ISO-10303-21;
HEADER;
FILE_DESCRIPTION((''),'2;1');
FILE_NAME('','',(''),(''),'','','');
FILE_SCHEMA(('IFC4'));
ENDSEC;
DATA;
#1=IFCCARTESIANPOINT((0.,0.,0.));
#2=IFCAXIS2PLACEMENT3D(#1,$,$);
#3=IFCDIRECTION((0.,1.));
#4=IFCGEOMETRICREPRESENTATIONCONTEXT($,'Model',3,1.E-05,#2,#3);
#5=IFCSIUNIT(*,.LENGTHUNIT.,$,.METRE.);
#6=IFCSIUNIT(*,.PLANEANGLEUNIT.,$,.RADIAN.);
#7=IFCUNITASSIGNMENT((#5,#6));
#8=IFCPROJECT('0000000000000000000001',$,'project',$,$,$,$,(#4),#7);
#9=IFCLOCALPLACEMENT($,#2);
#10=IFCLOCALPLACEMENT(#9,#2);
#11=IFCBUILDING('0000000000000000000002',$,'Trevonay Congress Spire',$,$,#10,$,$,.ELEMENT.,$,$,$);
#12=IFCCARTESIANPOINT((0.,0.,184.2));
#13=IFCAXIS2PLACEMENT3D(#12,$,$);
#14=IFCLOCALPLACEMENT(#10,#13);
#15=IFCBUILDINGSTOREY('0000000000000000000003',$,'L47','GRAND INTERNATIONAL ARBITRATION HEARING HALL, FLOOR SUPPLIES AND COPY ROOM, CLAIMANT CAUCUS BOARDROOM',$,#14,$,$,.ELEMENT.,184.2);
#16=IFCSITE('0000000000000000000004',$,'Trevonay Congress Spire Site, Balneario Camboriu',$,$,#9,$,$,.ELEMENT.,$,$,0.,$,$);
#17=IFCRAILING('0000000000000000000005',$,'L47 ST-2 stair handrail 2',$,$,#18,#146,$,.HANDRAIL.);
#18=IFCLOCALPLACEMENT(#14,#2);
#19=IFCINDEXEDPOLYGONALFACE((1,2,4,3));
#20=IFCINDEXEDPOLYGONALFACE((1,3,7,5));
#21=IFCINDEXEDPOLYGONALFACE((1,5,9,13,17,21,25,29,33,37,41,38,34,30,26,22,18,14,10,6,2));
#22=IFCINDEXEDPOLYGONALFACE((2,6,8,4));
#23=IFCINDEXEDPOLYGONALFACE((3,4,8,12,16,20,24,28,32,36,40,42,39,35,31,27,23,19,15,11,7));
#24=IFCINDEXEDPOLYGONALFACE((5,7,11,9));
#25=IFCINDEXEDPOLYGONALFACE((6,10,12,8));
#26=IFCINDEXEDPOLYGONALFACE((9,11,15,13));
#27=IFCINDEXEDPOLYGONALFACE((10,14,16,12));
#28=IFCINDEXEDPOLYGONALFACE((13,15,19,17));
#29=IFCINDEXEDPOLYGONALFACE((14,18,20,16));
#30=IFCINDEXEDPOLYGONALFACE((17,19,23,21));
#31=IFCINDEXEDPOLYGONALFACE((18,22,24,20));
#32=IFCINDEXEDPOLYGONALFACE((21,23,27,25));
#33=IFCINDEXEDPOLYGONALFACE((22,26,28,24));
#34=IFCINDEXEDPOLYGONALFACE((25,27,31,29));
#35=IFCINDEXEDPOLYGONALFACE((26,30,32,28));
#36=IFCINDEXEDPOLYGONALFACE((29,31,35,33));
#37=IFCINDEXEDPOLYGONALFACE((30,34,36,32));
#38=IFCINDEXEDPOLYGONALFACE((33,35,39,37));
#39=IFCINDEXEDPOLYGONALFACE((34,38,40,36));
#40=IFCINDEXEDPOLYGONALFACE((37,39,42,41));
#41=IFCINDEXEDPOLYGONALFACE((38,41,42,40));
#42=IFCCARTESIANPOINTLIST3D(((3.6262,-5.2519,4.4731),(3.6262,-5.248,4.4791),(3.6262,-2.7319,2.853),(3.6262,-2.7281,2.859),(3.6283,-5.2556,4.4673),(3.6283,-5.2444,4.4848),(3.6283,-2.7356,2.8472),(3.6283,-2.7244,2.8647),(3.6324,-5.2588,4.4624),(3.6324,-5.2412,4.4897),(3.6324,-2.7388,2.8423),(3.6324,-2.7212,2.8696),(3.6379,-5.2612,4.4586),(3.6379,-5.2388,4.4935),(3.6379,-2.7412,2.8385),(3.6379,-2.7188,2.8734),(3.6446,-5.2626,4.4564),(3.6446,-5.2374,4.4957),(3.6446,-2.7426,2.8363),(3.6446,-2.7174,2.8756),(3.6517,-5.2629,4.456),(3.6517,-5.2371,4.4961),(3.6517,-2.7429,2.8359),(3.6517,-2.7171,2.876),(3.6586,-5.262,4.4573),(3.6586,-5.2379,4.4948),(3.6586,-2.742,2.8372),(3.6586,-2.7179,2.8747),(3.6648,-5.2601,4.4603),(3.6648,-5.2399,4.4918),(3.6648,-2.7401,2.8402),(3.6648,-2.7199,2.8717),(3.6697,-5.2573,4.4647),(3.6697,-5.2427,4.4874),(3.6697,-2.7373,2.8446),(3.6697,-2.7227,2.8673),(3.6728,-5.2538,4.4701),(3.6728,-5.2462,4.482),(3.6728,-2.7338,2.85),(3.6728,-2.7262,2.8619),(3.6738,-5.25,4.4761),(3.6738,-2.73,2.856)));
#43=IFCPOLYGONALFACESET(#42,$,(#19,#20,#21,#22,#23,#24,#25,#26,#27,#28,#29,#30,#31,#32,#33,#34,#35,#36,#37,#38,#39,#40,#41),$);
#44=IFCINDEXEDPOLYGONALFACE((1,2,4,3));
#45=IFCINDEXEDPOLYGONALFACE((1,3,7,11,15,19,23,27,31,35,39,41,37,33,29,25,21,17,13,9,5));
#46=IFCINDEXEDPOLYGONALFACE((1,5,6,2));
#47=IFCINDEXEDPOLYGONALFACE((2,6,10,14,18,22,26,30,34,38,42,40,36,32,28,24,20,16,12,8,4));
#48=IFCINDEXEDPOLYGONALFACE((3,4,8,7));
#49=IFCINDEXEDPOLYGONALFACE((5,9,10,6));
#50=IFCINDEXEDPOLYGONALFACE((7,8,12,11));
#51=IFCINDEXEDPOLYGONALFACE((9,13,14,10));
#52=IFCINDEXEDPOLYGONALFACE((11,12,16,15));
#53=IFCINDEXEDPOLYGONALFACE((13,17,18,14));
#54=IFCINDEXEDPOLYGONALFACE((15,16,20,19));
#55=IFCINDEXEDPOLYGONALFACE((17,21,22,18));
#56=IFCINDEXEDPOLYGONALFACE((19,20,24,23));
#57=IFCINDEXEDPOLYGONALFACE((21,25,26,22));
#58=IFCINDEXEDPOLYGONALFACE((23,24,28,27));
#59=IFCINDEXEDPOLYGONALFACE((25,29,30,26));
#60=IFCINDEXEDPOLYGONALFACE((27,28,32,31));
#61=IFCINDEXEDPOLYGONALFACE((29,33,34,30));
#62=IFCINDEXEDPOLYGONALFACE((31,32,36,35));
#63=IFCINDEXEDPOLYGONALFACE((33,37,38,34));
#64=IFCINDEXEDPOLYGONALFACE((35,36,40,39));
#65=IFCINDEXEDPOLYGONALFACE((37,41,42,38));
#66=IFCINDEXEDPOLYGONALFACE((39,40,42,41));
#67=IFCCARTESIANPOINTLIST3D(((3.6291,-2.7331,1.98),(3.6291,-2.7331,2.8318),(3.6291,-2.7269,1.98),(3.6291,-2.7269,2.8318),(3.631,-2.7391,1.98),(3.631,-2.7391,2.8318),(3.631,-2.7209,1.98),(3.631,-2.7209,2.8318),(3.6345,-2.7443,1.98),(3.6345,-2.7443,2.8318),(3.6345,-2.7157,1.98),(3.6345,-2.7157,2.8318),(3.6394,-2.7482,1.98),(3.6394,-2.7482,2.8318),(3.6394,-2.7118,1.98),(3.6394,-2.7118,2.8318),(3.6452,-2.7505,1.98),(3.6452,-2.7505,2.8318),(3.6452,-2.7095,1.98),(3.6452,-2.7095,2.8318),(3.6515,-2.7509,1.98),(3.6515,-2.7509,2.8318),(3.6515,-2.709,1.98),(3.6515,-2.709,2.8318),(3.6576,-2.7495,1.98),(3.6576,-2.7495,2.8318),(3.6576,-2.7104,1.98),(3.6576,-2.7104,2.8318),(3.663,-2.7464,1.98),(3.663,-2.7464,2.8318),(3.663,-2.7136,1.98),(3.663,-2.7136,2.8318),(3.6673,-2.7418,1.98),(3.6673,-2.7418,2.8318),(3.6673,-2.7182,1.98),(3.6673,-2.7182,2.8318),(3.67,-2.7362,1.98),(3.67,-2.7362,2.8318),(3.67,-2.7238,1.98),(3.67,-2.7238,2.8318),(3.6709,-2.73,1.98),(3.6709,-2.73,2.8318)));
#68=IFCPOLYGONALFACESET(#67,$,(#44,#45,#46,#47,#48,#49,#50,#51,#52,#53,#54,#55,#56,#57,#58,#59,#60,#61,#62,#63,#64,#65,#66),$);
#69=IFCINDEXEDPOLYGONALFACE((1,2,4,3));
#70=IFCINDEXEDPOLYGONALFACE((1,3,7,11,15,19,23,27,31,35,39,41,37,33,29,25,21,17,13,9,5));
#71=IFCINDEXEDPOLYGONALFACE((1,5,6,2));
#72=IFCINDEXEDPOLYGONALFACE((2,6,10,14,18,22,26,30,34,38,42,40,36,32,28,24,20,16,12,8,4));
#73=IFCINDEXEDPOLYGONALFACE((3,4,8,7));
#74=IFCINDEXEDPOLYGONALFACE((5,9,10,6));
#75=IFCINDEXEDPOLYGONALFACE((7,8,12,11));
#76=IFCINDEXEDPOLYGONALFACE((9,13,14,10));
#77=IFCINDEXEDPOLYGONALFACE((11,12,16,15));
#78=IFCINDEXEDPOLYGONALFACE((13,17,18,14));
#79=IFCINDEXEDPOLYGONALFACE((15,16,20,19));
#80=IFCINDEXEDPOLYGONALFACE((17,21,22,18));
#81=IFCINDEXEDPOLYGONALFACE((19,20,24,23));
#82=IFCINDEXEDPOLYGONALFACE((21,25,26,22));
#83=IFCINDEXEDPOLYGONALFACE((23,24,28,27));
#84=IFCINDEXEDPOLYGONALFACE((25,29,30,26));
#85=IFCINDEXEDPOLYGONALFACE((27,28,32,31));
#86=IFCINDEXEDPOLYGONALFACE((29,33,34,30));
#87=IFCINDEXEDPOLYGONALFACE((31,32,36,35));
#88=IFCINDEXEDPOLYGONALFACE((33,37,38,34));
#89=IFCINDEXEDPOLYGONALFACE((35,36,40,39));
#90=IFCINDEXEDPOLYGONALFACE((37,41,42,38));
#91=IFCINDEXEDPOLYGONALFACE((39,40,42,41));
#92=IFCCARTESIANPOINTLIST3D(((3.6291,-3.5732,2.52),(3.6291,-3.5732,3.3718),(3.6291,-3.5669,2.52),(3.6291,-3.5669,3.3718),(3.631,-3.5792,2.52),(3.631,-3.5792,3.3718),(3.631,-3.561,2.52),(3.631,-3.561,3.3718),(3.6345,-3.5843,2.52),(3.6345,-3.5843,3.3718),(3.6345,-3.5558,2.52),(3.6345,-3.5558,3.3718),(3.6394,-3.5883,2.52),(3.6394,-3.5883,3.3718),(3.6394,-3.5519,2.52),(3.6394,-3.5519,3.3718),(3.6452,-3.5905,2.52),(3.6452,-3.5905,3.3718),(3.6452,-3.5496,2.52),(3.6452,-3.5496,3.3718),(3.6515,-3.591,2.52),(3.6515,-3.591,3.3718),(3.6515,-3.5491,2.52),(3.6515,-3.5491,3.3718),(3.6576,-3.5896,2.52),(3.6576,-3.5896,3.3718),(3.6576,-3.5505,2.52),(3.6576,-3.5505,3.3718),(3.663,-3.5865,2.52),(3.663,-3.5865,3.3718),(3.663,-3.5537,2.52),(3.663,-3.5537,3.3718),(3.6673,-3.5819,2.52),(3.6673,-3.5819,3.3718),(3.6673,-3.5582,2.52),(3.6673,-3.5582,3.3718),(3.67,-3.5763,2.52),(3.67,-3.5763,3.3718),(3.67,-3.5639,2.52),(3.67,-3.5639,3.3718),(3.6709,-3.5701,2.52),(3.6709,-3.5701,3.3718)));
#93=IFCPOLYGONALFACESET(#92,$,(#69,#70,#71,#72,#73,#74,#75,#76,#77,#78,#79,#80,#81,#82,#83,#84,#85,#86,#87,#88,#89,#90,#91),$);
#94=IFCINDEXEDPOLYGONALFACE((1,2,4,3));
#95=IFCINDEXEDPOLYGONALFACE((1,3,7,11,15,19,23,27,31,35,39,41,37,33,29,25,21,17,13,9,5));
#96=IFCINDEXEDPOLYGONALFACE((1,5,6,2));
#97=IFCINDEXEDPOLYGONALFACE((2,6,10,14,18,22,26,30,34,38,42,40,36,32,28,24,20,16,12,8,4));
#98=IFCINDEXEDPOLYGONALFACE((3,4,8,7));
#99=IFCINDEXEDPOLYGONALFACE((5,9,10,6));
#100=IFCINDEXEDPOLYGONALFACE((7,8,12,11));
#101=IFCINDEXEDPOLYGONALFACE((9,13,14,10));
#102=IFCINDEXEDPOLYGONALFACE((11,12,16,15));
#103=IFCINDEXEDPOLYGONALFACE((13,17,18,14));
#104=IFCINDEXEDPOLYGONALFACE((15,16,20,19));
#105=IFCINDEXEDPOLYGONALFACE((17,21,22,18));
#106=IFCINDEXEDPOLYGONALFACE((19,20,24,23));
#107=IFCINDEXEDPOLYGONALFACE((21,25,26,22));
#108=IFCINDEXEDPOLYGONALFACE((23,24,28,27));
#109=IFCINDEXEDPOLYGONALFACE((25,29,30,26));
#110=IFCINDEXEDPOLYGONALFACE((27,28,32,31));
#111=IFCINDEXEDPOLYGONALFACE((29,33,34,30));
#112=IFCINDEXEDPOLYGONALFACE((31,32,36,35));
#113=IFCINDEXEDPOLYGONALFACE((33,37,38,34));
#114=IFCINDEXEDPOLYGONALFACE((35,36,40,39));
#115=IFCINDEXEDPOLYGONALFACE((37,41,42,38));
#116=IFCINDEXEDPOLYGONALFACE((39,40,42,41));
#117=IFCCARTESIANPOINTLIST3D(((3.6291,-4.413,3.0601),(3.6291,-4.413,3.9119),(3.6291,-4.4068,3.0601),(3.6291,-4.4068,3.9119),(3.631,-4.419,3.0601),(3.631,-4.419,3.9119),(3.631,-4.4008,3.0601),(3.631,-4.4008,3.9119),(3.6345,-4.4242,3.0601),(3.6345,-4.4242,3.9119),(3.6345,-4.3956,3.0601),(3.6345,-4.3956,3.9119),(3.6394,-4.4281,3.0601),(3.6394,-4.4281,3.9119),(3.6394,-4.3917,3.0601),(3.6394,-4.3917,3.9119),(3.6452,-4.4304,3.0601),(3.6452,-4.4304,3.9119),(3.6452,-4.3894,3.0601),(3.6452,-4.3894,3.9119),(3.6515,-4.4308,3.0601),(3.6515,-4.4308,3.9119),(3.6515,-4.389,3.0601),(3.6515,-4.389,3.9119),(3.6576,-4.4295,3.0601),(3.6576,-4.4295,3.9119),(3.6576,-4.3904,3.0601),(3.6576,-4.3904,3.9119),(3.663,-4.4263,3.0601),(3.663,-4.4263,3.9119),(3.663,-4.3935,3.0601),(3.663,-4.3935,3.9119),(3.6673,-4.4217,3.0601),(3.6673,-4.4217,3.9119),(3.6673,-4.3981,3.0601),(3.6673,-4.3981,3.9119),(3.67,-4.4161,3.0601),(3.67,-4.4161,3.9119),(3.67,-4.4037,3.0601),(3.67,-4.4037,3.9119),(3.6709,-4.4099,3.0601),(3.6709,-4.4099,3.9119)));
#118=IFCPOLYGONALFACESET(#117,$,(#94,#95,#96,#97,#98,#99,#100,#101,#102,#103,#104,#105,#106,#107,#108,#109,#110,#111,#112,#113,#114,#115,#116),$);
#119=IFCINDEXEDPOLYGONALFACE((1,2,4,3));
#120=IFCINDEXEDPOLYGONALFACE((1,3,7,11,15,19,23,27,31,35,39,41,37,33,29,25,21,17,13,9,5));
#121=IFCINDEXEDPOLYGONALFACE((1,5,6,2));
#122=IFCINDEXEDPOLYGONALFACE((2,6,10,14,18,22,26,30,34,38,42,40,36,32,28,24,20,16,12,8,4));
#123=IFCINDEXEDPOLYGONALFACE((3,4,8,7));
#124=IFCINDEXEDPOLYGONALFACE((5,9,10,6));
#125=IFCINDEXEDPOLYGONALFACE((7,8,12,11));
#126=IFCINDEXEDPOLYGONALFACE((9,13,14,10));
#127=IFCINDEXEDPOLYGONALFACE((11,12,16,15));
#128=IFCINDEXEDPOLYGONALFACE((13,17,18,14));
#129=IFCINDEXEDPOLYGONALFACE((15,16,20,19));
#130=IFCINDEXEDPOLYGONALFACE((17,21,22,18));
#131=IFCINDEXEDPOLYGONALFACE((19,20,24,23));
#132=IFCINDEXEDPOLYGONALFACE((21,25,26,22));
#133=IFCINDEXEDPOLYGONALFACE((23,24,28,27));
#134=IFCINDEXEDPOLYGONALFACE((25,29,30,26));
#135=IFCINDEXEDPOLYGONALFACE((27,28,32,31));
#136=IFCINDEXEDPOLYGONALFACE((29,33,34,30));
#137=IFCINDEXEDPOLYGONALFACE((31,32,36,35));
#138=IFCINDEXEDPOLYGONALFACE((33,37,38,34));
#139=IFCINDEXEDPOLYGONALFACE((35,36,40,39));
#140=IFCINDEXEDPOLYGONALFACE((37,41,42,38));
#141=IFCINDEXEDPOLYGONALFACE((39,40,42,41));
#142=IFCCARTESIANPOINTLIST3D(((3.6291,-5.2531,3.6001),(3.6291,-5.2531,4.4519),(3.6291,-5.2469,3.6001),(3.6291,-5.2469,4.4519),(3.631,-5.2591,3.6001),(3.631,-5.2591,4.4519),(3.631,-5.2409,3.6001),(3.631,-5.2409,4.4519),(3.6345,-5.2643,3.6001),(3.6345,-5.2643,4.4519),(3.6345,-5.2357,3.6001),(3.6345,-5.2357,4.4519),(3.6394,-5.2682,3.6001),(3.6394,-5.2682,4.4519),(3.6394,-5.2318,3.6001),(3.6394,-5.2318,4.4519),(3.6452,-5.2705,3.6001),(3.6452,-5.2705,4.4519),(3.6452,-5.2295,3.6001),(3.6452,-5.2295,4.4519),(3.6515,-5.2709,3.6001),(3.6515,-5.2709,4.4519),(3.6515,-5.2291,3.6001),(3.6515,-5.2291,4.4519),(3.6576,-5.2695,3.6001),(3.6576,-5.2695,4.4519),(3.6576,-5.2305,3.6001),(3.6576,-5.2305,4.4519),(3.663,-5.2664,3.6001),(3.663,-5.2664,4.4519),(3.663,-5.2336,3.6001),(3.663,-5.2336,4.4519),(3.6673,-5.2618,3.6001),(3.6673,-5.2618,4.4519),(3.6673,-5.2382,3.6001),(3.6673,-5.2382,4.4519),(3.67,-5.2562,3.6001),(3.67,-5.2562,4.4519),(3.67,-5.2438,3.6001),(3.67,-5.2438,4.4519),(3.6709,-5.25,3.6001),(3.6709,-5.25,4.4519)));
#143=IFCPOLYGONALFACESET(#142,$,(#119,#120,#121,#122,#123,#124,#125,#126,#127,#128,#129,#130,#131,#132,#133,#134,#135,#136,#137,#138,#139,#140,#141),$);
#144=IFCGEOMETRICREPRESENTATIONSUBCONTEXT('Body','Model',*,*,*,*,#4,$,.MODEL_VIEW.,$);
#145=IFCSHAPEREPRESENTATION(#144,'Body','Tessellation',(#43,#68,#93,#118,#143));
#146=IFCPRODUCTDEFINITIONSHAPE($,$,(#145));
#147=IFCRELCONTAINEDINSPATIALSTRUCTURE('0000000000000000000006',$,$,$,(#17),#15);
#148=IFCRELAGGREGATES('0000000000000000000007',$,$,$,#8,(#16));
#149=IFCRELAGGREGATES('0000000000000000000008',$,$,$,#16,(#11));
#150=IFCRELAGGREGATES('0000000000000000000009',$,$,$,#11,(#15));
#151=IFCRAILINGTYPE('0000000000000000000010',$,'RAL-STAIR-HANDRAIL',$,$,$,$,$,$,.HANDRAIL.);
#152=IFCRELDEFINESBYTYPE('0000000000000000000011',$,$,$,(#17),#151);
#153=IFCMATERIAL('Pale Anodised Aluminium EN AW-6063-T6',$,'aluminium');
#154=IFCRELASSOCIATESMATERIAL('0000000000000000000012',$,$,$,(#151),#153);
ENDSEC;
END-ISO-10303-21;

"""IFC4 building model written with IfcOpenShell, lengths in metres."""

from ifc_helpers import new_model, si_unit, direction, frame, origin, origin_2d, place, context, subcontext, project, spatial, circle, extrude, material, type_object, element, save


model = new_model("IFC4")

# Units and contexts
model_context = context("Model", 3, precision=1e-05, world=origin(), true_north=direction((0.0, 1.0)))
body_context = subcontext(model_context, "Body", "Model", "MODEL_VIEW")
ifc_project = project(units=[si_unit("LENGTHUNIT", "METRE"), si_unit("PLANEANGLEUNIT", "RADIAN")], contexts=[model_context])

# Site, building, storey
site_placement = place(None, origin())
site = spatial("IfcSite", under=ifc_project, at=site_placement, Name="Trevonay Congress Spire Site, Balneario Camboriu", CompositionType="ELEMENT", RefElevation=0.0)
building_placement = place(site_placement, origin())
building = spatial("IfcBuilding", under=site, at=building_placement, Name="Trevonay Congress Spire", CompositionType="ELEMENT")
storey_placement = place(building_placement, frame((0.0, 0.0, 184.2)))
storey = spatial("IfcBuildingStorey", under=building, at=storey_placement, Name="L47", Description="GRAND INTERNATIONAL ARBITRATION HEARING HALL, FLOOR SUPPLIES AND COPY ROOM, CLAIMANT CAUCUS BOARDROOM", CompositionType="ELEMENT", Elevation=184.2)

# Railing
ifc_material_1 = material(Name="Pale Anodised Aluminium EN AW-6063-T6", Category="aluminium")
railing_type_1 = type_object("IfcRailingType", Name="RAL-STAIR-HANDRAIL", PredefinedType="HANDRAIL", material=ifc_material_1)
railing_1_placement = place(storey_placement, frame((3.6499, -2.73, 1.98)))
element("IfcRailing", 1, at=railing_1_placement, inside=storey, type_object=railing_type_1, Name="L47 ST-2 stair handrail 2", PredefinedType="HANDRAIL", context=body_context, shape_type="SweptSolid", body=[
    extrude(circle(Radius=0.0239, at=origin_2d()), frame((0.0, 0.0, 0.876), z_axis=(0.0, -0.841163, 0.540782), x_axis=(1.0, 0.0, 0.0)), (0.0, 0.0, 1.0), 2.9958),
    extrude(circle(Radius=0.021, at=origin_2d()), origin(), (0.0, 0.0, 1.0), 0.8518),
    extrude(circle(Radius=0.021, at=origin_2d()), frame((0.0, -0.8401, 0.54)), (0.0, 0.0, 1.0), 0.8518),
    extrude(circle(Radius=0.021, at=origin_2d()), frame((0.0, -1.6799, 1.0801)), (0.0, 0.0, 1.0), 0.8518),
    extrude(circle(Radius=0.021, at=origin_2d()), frame((0.0, -2.52, 1.6201)), (0.0, 0.0, 1.0), 0.8518),
])

save(model, "model.ifc")
